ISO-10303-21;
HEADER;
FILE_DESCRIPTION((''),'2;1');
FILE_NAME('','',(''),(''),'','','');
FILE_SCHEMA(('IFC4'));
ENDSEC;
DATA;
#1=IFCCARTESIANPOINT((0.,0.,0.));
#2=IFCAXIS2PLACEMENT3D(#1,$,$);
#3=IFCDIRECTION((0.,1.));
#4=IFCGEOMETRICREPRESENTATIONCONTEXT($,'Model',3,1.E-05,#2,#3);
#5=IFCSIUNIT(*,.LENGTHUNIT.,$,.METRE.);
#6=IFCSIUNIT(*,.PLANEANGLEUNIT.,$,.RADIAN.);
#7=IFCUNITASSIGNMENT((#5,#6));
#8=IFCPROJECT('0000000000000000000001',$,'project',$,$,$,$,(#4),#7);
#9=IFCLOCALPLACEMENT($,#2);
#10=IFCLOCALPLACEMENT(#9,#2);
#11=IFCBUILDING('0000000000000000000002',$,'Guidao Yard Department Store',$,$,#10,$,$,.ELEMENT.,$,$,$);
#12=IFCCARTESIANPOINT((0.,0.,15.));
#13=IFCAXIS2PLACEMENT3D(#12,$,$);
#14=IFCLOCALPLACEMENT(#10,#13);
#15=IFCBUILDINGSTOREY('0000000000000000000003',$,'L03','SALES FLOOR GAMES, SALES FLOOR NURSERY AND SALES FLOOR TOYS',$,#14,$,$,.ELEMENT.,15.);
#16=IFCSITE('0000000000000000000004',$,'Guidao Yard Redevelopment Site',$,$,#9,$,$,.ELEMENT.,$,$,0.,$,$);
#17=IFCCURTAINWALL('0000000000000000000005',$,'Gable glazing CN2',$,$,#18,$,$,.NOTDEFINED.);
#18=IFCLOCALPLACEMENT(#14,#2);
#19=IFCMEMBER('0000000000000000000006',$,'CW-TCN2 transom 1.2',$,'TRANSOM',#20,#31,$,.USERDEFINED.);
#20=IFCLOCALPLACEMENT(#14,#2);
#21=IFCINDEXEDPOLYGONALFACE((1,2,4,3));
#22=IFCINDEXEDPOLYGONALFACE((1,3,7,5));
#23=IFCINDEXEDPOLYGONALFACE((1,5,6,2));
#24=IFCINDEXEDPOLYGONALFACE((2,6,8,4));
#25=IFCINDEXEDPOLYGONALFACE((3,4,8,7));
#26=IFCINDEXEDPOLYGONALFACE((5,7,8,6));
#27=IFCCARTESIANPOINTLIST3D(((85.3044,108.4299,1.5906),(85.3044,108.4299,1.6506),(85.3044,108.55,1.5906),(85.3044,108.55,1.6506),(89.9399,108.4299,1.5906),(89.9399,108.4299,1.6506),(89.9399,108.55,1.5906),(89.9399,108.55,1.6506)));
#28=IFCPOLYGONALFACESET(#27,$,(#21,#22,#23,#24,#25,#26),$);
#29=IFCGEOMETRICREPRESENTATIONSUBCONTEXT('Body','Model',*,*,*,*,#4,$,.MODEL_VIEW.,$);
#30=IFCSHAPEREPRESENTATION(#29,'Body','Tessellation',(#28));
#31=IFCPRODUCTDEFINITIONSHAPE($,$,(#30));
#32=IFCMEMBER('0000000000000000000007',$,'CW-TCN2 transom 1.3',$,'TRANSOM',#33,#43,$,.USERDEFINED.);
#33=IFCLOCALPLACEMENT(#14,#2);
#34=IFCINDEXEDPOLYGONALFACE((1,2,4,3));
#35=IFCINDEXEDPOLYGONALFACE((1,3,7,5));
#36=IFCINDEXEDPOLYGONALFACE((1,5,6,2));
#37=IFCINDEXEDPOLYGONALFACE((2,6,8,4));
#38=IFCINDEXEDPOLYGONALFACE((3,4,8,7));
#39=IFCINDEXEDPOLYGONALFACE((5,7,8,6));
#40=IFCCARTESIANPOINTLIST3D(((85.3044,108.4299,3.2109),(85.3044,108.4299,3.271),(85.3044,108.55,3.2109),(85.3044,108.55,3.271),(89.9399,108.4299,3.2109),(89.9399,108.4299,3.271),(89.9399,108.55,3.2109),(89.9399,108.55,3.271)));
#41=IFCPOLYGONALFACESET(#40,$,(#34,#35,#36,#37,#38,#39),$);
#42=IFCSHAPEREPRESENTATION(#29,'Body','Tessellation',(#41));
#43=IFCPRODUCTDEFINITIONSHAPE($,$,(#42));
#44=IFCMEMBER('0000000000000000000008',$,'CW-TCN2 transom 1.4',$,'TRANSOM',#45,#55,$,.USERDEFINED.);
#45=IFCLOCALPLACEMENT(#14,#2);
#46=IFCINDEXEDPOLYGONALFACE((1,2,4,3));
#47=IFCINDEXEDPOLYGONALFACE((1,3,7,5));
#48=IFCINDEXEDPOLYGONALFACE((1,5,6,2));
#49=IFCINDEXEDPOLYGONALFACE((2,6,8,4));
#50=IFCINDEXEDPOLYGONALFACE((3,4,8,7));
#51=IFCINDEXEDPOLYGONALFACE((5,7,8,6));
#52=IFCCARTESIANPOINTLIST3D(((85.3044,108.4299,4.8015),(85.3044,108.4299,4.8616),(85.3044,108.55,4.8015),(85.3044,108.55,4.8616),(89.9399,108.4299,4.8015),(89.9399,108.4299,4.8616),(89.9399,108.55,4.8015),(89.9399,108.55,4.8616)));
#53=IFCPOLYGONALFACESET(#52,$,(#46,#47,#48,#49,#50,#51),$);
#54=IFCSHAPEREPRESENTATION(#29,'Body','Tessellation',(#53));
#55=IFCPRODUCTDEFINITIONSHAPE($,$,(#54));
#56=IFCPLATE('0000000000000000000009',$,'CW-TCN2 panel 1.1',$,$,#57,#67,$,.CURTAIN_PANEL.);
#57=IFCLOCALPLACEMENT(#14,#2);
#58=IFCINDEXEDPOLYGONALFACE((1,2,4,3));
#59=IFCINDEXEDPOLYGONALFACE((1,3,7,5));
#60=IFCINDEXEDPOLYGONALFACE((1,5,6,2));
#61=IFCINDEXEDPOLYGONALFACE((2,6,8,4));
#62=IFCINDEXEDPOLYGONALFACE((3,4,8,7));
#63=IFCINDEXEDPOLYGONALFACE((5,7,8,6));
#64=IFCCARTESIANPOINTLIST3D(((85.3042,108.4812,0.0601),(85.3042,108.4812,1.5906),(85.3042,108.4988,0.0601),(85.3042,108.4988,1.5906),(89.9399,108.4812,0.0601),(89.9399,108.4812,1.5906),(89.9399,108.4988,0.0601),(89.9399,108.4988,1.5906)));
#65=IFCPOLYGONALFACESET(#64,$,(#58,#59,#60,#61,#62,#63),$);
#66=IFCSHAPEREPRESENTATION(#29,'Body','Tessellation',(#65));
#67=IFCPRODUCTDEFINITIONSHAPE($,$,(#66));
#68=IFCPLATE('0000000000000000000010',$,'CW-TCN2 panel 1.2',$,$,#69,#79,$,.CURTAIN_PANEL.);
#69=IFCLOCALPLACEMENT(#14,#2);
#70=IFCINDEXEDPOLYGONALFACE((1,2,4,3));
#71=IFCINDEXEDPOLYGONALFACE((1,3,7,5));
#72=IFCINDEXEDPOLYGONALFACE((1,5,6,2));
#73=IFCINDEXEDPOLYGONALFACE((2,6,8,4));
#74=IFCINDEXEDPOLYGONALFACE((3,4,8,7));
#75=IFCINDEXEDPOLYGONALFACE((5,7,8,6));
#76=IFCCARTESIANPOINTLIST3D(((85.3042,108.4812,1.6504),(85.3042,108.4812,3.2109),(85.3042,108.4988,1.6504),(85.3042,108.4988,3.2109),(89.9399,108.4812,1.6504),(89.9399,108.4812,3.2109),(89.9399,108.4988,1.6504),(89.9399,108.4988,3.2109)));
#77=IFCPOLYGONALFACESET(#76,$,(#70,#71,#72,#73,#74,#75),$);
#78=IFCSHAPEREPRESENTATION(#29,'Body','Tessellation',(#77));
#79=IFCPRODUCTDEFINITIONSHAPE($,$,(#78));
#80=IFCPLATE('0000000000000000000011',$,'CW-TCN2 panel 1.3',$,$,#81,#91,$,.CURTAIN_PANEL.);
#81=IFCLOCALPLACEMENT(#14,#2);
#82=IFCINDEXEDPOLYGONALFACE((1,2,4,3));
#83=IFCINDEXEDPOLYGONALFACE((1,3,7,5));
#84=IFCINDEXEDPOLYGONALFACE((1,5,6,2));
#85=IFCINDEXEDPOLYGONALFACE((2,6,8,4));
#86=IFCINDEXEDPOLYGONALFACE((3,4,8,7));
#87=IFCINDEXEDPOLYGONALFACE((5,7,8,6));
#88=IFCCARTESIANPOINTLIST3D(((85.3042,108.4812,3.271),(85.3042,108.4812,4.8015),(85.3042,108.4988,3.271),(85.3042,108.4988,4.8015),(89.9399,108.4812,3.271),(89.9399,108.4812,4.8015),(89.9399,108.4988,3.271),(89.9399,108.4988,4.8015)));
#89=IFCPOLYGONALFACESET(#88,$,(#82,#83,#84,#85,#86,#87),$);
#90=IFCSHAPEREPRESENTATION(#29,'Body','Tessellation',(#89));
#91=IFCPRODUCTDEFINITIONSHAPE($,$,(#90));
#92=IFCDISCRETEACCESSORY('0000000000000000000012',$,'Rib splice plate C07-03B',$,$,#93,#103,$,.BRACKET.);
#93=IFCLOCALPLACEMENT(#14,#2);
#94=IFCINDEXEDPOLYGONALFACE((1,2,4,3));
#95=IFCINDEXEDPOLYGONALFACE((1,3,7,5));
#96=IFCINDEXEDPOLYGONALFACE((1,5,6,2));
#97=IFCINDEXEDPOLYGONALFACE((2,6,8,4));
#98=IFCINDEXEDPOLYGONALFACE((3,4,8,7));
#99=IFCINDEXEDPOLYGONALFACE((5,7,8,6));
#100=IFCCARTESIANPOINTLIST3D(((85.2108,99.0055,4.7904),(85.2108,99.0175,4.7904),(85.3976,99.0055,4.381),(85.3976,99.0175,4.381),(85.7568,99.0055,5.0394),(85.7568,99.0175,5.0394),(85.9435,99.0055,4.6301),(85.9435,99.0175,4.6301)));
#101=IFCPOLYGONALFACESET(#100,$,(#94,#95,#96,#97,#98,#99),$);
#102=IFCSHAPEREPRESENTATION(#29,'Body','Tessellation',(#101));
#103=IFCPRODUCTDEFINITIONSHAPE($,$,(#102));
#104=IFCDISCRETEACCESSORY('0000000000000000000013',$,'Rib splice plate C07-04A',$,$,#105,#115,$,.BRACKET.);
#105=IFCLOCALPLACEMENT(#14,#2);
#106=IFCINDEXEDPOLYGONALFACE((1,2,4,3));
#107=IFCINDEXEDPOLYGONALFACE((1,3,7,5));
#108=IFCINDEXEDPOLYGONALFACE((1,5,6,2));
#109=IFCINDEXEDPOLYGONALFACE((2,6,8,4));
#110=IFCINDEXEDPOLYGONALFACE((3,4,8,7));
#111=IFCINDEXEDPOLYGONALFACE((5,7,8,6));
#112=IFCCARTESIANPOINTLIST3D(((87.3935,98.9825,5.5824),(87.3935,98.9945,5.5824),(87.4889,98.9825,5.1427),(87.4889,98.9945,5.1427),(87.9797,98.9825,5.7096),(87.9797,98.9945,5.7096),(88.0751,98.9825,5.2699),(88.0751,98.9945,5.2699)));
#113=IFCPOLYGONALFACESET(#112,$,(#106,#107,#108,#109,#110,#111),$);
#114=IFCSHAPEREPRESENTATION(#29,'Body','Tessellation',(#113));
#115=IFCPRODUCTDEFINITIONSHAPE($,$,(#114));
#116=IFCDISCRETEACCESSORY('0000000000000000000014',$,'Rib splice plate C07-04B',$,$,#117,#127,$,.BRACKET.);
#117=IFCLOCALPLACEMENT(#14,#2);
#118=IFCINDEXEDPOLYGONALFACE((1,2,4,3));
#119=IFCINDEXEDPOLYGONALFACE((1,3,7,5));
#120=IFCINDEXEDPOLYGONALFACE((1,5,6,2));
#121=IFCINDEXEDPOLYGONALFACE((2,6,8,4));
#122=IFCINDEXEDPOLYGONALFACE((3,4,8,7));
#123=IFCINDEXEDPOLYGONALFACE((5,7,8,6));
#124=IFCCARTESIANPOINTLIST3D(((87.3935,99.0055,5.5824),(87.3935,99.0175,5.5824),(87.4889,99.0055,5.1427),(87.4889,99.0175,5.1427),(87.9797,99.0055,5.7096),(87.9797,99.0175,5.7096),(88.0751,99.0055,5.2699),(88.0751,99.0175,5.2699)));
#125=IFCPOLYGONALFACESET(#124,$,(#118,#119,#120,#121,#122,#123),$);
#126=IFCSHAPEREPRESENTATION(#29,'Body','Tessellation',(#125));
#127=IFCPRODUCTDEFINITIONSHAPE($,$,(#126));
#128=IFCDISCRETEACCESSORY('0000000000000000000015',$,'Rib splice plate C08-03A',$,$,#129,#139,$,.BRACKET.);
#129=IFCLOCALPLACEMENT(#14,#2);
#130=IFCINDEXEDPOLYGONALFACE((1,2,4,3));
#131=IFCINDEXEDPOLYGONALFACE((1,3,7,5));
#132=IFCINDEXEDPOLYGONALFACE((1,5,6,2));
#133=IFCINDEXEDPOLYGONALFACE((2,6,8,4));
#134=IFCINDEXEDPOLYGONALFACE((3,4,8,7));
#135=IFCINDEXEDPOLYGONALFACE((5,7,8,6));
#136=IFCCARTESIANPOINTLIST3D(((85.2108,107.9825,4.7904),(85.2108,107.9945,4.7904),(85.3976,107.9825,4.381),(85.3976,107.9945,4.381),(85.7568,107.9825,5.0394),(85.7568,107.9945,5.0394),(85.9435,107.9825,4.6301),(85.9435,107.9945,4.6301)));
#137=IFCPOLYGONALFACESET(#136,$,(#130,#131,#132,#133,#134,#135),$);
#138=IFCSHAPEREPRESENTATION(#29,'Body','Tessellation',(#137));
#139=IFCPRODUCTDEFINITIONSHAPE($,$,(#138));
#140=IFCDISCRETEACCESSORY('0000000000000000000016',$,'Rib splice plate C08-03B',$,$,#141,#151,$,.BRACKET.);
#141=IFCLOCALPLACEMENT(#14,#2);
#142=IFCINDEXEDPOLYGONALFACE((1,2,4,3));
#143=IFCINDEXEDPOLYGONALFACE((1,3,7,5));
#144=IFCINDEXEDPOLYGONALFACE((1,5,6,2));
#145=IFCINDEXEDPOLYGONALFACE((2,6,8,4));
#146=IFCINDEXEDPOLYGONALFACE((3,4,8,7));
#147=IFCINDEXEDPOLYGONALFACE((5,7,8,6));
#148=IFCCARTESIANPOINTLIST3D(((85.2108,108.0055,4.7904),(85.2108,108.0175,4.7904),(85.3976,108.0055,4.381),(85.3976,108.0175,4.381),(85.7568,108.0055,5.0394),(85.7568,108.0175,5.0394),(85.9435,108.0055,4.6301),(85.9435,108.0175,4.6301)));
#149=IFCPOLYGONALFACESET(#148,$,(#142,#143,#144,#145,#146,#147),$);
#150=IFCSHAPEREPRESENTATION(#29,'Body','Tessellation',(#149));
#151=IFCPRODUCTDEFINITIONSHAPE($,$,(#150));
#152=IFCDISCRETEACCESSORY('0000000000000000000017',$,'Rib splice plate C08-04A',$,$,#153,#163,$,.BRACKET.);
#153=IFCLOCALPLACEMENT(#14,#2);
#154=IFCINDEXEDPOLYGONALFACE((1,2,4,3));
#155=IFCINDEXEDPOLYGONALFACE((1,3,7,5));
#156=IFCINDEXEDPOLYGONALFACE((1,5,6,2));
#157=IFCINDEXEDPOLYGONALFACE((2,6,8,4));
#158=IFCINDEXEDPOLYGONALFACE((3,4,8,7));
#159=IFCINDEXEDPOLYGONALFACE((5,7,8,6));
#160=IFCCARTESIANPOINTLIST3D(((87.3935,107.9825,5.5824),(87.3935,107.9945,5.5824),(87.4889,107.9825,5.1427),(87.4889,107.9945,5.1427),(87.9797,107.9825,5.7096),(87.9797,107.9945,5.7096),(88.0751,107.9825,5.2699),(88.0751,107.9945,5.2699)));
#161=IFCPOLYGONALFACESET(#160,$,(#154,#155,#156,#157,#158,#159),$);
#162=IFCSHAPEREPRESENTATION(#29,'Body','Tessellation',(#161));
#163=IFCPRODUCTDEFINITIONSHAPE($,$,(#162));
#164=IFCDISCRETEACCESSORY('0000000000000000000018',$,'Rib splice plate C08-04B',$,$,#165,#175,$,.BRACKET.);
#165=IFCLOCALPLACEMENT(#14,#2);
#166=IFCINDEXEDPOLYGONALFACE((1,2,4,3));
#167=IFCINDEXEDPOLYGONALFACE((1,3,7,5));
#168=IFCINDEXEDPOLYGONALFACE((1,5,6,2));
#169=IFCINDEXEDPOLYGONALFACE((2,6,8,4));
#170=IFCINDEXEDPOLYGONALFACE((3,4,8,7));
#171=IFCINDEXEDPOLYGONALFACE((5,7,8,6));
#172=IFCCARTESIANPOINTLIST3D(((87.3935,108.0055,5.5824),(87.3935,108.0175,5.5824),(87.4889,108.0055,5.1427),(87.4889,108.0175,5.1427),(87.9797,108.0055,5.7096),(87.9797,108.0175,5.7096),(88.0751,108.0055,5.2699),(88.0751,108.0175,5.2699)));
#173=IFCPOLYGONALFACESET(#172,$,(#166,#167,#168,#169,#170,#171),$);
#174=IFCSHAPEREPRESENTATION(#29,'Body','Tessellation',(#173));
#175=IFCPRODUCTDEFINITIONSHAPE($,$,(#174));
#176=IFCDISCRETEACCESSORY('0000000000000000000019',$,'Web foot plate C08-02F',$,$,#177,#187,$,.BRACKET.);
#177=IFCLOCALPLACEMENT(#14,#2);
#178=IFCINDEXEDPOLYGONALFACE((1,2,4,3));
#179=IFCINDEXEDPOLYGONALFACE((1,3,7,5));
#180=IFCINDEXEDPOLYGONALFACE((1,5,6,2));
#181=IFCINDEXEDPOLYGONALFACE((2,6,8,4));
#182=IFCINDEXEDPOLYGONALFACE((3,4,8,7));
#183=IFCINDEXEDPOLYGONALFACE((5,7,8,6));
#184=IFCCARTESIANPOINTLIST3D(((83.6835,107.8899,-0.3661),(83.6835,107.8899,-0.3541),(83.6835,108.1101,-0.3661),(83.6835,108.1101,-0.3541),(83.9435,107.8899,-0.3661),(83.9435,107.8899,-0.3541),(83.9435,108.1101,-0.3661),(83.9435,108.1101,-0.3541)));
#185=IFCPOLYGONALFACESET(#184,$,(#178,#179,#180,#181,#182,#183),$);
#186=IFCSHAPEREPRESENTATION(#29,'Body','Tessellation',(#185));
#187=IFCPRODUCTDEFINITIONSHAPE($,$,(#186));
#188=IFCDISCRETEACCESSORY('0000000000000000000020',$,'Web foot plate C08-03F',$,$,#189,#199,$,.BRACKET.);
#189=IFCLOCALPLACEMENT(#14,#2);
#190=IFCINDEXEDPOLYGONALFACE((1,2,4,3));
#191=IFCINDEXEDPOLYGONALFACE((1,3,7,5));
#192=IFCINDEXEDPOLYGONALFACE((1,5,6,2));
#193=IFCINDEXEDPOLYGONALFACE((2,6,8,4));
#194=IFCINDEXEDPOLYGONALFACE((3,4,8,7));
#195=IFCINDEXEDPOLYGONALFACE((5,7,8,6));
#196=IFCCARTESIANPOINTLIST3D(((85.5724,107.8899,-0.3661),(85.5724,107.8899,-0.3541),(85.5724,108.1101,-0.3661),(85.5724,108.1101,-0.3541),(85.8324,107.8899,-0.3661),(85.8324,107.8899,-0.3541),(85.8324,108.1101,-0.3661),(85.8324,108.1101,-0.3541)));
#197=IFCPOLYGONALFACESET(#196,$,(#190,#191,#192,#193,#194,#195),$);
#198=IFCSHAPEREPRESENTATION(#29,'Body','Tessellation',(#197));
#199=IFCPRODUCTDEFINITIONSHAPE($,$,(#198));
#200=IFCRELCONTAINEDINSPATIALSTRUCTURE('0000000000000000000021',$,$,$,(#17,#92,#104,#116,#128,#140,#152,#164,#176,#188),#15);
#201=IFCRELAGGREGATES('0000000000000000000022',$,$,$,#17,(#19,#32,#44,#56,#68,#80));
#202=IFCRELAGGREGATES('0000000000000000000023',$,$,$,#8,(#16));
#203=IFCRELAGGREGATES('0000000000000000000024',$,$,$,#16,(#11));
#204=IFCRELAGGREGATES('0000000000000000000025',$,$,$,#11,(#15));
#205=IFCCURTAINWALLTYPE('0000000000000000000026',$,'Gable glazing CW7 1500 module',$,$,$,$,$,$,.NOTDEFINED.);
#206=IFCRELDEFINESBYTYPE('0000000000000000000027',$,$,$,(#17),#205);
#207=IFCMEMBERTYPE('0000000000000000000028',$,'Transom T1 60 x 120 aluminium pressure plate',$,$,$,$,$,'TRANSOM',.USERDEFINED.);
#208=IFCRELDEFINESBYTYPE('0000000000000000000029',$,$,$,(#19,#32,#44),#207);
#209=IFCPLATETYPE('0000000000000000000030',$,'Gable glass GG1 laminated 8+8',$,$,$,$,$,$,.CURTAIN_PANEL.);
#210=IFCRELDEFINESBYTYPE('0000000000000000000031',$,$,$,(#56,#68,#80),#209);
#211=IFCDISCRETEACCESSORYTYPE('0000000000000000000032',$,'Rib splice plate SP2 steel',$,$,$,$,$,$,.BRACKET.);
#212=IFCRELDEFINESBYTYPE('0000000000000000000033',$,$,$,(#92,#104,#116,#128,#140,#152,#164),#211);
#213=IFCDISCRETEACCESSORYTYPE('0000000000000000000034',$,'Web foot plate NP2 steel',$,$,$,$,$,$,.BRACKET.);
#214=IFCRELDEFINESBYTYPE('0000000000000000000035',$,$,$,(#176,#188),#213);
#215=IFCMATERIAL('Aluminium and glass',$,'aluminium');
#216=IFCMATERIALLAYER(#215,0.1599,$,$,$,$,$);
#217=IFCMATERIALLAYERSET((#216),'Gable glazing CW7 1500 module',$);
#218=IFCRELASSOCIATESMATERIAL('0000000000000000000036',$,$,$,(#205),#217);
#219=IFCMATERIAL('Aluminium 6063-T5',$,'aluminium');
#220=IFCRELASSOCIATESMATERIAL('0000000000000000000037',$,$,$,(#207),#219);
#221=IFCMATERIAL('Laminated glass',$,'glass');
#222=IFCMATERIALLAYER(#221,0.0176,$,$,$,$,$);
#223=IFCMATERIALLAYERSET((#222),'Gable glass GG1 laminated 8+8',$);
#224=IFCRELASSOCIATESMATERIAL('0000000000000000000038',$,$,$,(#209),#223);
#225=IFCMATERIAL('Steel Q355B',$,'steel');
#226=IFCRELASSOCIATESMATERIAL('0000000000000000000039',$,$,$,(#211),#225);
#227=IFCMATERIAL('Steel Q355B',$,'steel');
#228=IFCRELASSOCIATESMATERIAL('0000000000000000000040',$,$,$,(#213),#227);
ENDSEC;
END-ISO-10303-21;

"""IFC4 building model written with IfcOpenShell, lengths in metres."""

from ifc_helpers import new_model, si_unit, direction, frame, origin, origin_2d, place, context, subcontext, project, spatial, rectangle, extrude, material, layer, layer_set, material_profile, profile_set, type_object, element, aggregate, save


model = new_model("IFC4")

# Units and contexts
model_context = context("Model", 3, precision=1e-05, world=origin(), true_north=direction((0.0, 1.0)))
body_context = subcontext(model_context, "Body", "Model", "MODEL_VIEW")
ifc_project = project(units=[si_unit("LENGTHUNIT", "METRE"), si_unit("PLANEANGLEUNIT", "RADIAN")], contexts=[model_context])

# Site, building, storey
site_placement = place(None, origin())
site = spatial("IfcSite", under=ifc_project, at=site_placement, Name="Guidao Yard Redevelopment Site", CompositionType="ELEMENT", RefElevation=0.0)
building_placement = place(site_placement, origin())
building = spatial("IfcBuilding", under=site, at=building_placement, Name="Guidao Yard Department Store", CompositionType="ELEMENT")
storey_placement = place(building_placement, frame((0.0, 0.0, 15.0)))
storey = spatial("IfcBuildingStorey", under=building, at=storey_placement, Name="L03", Description="SALES FLOOR GAMES, SALES FLOOR NURSERY AND SALES FLOOR TOYS", CompositionType="ELEMENT", Elevation=15.0)

# Shared definitions
ifc_material_1 = material(Name="Aluminium and glass", Category="aluminium")
ifc_layer_1 = layer(ifc_material_1, 0.1599)
ifc_layer_set_1 = layer_set([ifc_layer_1], Name="Gable glazing CW7 1500 module")
curtain_wall_type = type_object("IfcCurtainWallType", Name="Gable glazing CW7 1500 module", PredefinedType="NOTDEFINED", material=ifc_layer_set_1)

# Curtain wall, members, plates
curtain_wall_1_placement = place(storey_placement, origin())
curtain_wall_1 = element("IfcCurtainWall", 1, at=curtain_wall_1_placement, inside=storey, type_object=curtain_wall_type, Name="Gable glazing CN2", PredefinedType="NOTDEFINED")
ifc_material_2 = material(Name="Aluminium 6063-T5", Category="aluminium")
ifc_material_profile_1 = material_profile(ifc_material_2, rectangle(XDim=0.1201, YDim=0.0601, at=origin_2d()), Name="Transom T1 60 x 120 aluminium pressure plate")
ifc_profile_set_1 = profile_set([ifc_material_profile_1], Name="Aluminium 6063-T5")
member_type_1 = type_object("IfcMemberType", Name="Transom T1 60 x 120 aluminium pressure plate", ElementType="TRANSOM", PredefinedType="USERDEFINED", material=ifc_profile_set_1)
member_1_placement = place(storey_placement, frame((85.3044, 108.49, 1.6206), z_axis=(1.0, 0.0, 0.0), x_axis=(0.0, 1.0, 0.0)))
member_1 = element("IfcMember", 2, at=member_1_placement, type_object=member_type_1, Name="CW-TCN2 transom 1.2", ObjectType="TRANSOM", PredefinedType="USERDEFINED", context=body_context, shape_type="SweptSolid", body=[
    extrude(rectangle(XDim=0.1201, YDim=0.0601, at=origin_2d()), origin(), (0.0, 0.0, 1.0), 4.6355),
])
member_2_placement = place(storey_placement, frame((85.3044, 108.49, 3.241), z_axis=(1.0, 0.0, 0.0), x_axis=(0.0, 1.0, 0.0)))
member_2 = element("IfcMember", 3, at=member_2_placement, type_object=member_type_1, Name="CW-TCN2 transom 1.3", ObjectType="TRANSOM", PredefinedType="USERDEFINED", context=body_context, shape_type="SweptSolid", body=[
    extrude(rectangle(XDim=0.1201, YDim=0.0601, at=origin_2d()), origin(), (0.0, 0.0, 1.0), 4.6355),
])
member_3_placement = place(storey_placement, frame((85.3044, 108.49, 4.8315), z_axis=(1.0, 0.0, 0.0), x_axis=(0.0, 1.0, 0.0)))
member_3 = element("IfcMember", 4, at=member_3_placement, type_object=member_type_1, Name="CW-TCN2 transom 1.4", ObjectType="TRANSOM", PredefinedType="USERDEFINED", context=body_context, shape_type="SweptSolid", body=[
    extrude(rectangle(XDim=0.1201, YDim=0.0601, at=origin_2d()), origin(), (0.0, 0.0, 1.0), 4.6355),
])
ifc_material_3 = material(Name="Laminated glass", Category="glass")
ifc_layer_2 = layer(ifc_material_3, 0.0176)
ifc_layer_set_2 = layer_set([ifc_layer_2], Name="Gable glass GG1 laminated 8+8")
plate_type = type_object("IfcPlateType", Name="Gable glass GG1 laminated 8+8", PredefinedType="CURTAIN_PANEL", material=ifc_layer_set_2)
plate_1_placement = place(storey_placement, frame((87.6221, 108.49, 0.0601), z_axis=(0.0, 0.0, 1.0), x_axis=(1.0, 0.0, 0.0)))
plate_1 = element("IfcPlate", 5, at=plate_1_placement, type_object=plate_type, Name="CW-TCN2 panel 1.1", PredefinedType="CURTAIN_PANEL", context=body_context, shape_type="SweptSolid", body=[
    extrude(rectangle(XDim=4.6357, YDim=0.0176, at=origin_2d()), origin(), (0.0, 0.0, 1.0), 1.5305),
])
plate_2_placement = place(storey_placement, frame((87.6221, 108.49, 1.6504), z_axis=(0.0, 0.0, 1.0), x_axis=(1.0, 0.0, 0.0)))
plate_2 = element("IfcPlate", 6, at=plate_2_placement, type_object=plate_type, Name="CW-TCN2 panel 1.2", PredefinedType="CURTAIN_PANEL", context=body_context, shape_type="SweptSolid", body=[
    extrude(rectangle(XDim=4.6357, YDim=0.0176, at=origin_2d()), origin(), (0.0, 0.0, 1.0), 1.5605),
])
plate_3_placement = place(storey_placement, frame((87.6221, 108.49, 3.271), z_axis=(0.0, 0.0, 1.0), x_axis=(1.0, 0.0, 0.0)))
plate_3 = element("IfcPlate", 7, at=plate_3_placement, type_object=plate_type, Name="CW-TCN2 panel 1.3", PredefinedType="CURTAIN_PANEL", context=body_context, shape_type="SweptSolid", body=[
    extrude(rectangle(XDim=4.6357, YDim=0.0176, at=origin_2d()), origin(), (0.0, 0.0, 1.0), 1.5305),
])
aggregate(curtain_wall_1, [member_1, member_2, member_3, plate_1, plate_2, plate_3])

# Discrete accessories
ifc_material_4 = material(Name="Steel Q355B", Category="steel")
ifc_material_profile_2 = material_profile(ifc_material_4, rectangle(XDim=0.012, YDim=0.45, at=origin_2d()), Name="Splice plate 450x12")
ifc_profile_set_2 = profile_set([ifc_material_profile_2], Name="Steel Q355B")
discrete_accessory_type_1 = type_object("IfcDiscreteAccessoryType", Name="Rib splice plate SP2 steel", PredefinedType="BRACKET", material=ifc_profile_set_2)
discrete_accessory_placement = place(storey_placement, frame((85.3042, 99.0115, 4.5857), z_axis=(0.909808, 0.0, 0.415029), x_axis=(0.0, 1.0, 0.0)))
element("IfcDiscreteAccessory", 8, at=discrete_accessory_placement, inside=storey, type_object=discrete_accessory_type_1, Name="Rib splice plate C07-03B", PredefinedType="BRACKET", context=body_context, shape_type="SweptSolid", body=[
    extrude(rectangle(XDim=0.012, YDim=0.45, at=origin_2d()), origin(), (0.0, 0.0, 1.0), 0.6001),
])
for number, where, z_axis, x_axis, name in (
    (9, (87.4412, 98.9885, 5.3625), (0.977257, 0.0, 0.212058), (0.0, 1.0, 0.0), "Rib splice plate C07-04A"),
    (10, (87.4412, 99.0115, 5.3625), (0.977257, 0.0, 0.212058), (0.0, 1.0, 0.0), "Rib splice plate C07-04B"),
):
    element("IfcDiscreteAccessory", number, at=place(storey_placement, frame(where, z_axis=z_axis, x_axis=x_axis)), inside=storey, type_object=discrete_accessory_type_1, Name=name, PredefinedType="BRACKET", context=body_context, shape_type="SweptSolid", body=[
        extrude(rectangle(XDim=0.012, YDim=0.45, at=origin_2d()), origin(), (0.0, 0.0, 1.0), 0.5999),
    ])
for number, where, z_axis, x_axis, name in (
    (11, (85.3042, 107.9885, 4.5857), (0.909808, 0.0, 0.415029), (0.0, 1.0, 0.0), "Rib splice plate C08-03A"),
    (12, (85.3042, 108.0115, 4.5857), (0.909808, 0.0, 0.415029), (0.0, 1.0, 0.0), "Rib splice plate C08-03B"),
):
    element("IfcDiscreteAccessory", number, at=place(storey_placement, frame(where, z_axis=z_axis, x_axis=x_axis)), inside=storey, type_object=discrete_accessory_type_1, Name=name, PredefinedType="BRACKET", context=body_context, shape_type="SweptSolid", body=[
        extrude(rectangle(XDim=0.012, YDim=0.45, at=origin_2d()), origin(), (0.0, 0.0, 1.0), 0.6001),
    ])
for number, where, z_axis, x_axis, name in (
    (13, (87.4412, 107.9885, 5.3625), (0.977257, 0.0, 0.212058), (0.0, 1.0, 0.0), "Rib splice plate C08-04A"),
    (14, (87.4412, 108.0115, 5.3625), (0.977257, 0.0, 0.212058), (0.0, 1.0, 0.0), "Rib splice plate C08-04B"),
):
    element("IfcDiscreteAccessory", number, at=place(storey_placement, frame(where, z_axis=z_axis, x_axis=x_axis)), inside=storey, type_object=discrete_accessory_type_1, Name=name, PredefinedType="BRACKET", context=body_context, shape_type="SweptSolid", body=[
        extrude(rectangle(XDim=0.012, YDim=0.45, at=origin_2d()), origin(), (0.0, 0.0, 1.0), 0.5999),
    ])
ifc_material_5 = material(Name="Steel Q355B", Category="steel")
ifc_material_profile_3 = material_profile(ifc_material_5, rectangle(XDim=0.26, YDim=0.012, at=origin_2d()), Name="Node plate 260x12")
ifc_profile_set_3 = profile_set([ifc_material_profile_3], Name="Steel Q355B")
discrete_accessory_type_2 = type_object("IfcDiscreteAccessoryType", Name="Web foot plate NP2 steel", PredefinedType="BRACKET", material=ifc_profile_set_3)
for number, where, z_axis, x_axis, name in (
    (15, (83.8135, 107.8899, -0.3601), (0.0, 1.0, 0.0), (-1.0, 0.0, 0.0), "Web foot plate C08-02F"),
    (16, (85.7024, 107.8899, -0.3601), (0.0, 1.0, 0.0), (-1.0, 0.0, 0.0), "Web foot plate C08-03F"),
):
    element("IfcDiscreteAccessory", number, at=place(storey_placement, frame(where, z_axis=z_axis, x_axis=x_axis)), inside=storey, type_object=discrete_accessory_type_2, Name=name, PredefinedType="BRACKET", context=body_context, shape_type="SweptSolid", body=[
        extrude(rectangle(XDim=0.26, YDim=0.012, at=origin_2d()), origin(), (0.0, 0.0, 1.0), 0.2202),
    ])

save(model, "model.ifc")
